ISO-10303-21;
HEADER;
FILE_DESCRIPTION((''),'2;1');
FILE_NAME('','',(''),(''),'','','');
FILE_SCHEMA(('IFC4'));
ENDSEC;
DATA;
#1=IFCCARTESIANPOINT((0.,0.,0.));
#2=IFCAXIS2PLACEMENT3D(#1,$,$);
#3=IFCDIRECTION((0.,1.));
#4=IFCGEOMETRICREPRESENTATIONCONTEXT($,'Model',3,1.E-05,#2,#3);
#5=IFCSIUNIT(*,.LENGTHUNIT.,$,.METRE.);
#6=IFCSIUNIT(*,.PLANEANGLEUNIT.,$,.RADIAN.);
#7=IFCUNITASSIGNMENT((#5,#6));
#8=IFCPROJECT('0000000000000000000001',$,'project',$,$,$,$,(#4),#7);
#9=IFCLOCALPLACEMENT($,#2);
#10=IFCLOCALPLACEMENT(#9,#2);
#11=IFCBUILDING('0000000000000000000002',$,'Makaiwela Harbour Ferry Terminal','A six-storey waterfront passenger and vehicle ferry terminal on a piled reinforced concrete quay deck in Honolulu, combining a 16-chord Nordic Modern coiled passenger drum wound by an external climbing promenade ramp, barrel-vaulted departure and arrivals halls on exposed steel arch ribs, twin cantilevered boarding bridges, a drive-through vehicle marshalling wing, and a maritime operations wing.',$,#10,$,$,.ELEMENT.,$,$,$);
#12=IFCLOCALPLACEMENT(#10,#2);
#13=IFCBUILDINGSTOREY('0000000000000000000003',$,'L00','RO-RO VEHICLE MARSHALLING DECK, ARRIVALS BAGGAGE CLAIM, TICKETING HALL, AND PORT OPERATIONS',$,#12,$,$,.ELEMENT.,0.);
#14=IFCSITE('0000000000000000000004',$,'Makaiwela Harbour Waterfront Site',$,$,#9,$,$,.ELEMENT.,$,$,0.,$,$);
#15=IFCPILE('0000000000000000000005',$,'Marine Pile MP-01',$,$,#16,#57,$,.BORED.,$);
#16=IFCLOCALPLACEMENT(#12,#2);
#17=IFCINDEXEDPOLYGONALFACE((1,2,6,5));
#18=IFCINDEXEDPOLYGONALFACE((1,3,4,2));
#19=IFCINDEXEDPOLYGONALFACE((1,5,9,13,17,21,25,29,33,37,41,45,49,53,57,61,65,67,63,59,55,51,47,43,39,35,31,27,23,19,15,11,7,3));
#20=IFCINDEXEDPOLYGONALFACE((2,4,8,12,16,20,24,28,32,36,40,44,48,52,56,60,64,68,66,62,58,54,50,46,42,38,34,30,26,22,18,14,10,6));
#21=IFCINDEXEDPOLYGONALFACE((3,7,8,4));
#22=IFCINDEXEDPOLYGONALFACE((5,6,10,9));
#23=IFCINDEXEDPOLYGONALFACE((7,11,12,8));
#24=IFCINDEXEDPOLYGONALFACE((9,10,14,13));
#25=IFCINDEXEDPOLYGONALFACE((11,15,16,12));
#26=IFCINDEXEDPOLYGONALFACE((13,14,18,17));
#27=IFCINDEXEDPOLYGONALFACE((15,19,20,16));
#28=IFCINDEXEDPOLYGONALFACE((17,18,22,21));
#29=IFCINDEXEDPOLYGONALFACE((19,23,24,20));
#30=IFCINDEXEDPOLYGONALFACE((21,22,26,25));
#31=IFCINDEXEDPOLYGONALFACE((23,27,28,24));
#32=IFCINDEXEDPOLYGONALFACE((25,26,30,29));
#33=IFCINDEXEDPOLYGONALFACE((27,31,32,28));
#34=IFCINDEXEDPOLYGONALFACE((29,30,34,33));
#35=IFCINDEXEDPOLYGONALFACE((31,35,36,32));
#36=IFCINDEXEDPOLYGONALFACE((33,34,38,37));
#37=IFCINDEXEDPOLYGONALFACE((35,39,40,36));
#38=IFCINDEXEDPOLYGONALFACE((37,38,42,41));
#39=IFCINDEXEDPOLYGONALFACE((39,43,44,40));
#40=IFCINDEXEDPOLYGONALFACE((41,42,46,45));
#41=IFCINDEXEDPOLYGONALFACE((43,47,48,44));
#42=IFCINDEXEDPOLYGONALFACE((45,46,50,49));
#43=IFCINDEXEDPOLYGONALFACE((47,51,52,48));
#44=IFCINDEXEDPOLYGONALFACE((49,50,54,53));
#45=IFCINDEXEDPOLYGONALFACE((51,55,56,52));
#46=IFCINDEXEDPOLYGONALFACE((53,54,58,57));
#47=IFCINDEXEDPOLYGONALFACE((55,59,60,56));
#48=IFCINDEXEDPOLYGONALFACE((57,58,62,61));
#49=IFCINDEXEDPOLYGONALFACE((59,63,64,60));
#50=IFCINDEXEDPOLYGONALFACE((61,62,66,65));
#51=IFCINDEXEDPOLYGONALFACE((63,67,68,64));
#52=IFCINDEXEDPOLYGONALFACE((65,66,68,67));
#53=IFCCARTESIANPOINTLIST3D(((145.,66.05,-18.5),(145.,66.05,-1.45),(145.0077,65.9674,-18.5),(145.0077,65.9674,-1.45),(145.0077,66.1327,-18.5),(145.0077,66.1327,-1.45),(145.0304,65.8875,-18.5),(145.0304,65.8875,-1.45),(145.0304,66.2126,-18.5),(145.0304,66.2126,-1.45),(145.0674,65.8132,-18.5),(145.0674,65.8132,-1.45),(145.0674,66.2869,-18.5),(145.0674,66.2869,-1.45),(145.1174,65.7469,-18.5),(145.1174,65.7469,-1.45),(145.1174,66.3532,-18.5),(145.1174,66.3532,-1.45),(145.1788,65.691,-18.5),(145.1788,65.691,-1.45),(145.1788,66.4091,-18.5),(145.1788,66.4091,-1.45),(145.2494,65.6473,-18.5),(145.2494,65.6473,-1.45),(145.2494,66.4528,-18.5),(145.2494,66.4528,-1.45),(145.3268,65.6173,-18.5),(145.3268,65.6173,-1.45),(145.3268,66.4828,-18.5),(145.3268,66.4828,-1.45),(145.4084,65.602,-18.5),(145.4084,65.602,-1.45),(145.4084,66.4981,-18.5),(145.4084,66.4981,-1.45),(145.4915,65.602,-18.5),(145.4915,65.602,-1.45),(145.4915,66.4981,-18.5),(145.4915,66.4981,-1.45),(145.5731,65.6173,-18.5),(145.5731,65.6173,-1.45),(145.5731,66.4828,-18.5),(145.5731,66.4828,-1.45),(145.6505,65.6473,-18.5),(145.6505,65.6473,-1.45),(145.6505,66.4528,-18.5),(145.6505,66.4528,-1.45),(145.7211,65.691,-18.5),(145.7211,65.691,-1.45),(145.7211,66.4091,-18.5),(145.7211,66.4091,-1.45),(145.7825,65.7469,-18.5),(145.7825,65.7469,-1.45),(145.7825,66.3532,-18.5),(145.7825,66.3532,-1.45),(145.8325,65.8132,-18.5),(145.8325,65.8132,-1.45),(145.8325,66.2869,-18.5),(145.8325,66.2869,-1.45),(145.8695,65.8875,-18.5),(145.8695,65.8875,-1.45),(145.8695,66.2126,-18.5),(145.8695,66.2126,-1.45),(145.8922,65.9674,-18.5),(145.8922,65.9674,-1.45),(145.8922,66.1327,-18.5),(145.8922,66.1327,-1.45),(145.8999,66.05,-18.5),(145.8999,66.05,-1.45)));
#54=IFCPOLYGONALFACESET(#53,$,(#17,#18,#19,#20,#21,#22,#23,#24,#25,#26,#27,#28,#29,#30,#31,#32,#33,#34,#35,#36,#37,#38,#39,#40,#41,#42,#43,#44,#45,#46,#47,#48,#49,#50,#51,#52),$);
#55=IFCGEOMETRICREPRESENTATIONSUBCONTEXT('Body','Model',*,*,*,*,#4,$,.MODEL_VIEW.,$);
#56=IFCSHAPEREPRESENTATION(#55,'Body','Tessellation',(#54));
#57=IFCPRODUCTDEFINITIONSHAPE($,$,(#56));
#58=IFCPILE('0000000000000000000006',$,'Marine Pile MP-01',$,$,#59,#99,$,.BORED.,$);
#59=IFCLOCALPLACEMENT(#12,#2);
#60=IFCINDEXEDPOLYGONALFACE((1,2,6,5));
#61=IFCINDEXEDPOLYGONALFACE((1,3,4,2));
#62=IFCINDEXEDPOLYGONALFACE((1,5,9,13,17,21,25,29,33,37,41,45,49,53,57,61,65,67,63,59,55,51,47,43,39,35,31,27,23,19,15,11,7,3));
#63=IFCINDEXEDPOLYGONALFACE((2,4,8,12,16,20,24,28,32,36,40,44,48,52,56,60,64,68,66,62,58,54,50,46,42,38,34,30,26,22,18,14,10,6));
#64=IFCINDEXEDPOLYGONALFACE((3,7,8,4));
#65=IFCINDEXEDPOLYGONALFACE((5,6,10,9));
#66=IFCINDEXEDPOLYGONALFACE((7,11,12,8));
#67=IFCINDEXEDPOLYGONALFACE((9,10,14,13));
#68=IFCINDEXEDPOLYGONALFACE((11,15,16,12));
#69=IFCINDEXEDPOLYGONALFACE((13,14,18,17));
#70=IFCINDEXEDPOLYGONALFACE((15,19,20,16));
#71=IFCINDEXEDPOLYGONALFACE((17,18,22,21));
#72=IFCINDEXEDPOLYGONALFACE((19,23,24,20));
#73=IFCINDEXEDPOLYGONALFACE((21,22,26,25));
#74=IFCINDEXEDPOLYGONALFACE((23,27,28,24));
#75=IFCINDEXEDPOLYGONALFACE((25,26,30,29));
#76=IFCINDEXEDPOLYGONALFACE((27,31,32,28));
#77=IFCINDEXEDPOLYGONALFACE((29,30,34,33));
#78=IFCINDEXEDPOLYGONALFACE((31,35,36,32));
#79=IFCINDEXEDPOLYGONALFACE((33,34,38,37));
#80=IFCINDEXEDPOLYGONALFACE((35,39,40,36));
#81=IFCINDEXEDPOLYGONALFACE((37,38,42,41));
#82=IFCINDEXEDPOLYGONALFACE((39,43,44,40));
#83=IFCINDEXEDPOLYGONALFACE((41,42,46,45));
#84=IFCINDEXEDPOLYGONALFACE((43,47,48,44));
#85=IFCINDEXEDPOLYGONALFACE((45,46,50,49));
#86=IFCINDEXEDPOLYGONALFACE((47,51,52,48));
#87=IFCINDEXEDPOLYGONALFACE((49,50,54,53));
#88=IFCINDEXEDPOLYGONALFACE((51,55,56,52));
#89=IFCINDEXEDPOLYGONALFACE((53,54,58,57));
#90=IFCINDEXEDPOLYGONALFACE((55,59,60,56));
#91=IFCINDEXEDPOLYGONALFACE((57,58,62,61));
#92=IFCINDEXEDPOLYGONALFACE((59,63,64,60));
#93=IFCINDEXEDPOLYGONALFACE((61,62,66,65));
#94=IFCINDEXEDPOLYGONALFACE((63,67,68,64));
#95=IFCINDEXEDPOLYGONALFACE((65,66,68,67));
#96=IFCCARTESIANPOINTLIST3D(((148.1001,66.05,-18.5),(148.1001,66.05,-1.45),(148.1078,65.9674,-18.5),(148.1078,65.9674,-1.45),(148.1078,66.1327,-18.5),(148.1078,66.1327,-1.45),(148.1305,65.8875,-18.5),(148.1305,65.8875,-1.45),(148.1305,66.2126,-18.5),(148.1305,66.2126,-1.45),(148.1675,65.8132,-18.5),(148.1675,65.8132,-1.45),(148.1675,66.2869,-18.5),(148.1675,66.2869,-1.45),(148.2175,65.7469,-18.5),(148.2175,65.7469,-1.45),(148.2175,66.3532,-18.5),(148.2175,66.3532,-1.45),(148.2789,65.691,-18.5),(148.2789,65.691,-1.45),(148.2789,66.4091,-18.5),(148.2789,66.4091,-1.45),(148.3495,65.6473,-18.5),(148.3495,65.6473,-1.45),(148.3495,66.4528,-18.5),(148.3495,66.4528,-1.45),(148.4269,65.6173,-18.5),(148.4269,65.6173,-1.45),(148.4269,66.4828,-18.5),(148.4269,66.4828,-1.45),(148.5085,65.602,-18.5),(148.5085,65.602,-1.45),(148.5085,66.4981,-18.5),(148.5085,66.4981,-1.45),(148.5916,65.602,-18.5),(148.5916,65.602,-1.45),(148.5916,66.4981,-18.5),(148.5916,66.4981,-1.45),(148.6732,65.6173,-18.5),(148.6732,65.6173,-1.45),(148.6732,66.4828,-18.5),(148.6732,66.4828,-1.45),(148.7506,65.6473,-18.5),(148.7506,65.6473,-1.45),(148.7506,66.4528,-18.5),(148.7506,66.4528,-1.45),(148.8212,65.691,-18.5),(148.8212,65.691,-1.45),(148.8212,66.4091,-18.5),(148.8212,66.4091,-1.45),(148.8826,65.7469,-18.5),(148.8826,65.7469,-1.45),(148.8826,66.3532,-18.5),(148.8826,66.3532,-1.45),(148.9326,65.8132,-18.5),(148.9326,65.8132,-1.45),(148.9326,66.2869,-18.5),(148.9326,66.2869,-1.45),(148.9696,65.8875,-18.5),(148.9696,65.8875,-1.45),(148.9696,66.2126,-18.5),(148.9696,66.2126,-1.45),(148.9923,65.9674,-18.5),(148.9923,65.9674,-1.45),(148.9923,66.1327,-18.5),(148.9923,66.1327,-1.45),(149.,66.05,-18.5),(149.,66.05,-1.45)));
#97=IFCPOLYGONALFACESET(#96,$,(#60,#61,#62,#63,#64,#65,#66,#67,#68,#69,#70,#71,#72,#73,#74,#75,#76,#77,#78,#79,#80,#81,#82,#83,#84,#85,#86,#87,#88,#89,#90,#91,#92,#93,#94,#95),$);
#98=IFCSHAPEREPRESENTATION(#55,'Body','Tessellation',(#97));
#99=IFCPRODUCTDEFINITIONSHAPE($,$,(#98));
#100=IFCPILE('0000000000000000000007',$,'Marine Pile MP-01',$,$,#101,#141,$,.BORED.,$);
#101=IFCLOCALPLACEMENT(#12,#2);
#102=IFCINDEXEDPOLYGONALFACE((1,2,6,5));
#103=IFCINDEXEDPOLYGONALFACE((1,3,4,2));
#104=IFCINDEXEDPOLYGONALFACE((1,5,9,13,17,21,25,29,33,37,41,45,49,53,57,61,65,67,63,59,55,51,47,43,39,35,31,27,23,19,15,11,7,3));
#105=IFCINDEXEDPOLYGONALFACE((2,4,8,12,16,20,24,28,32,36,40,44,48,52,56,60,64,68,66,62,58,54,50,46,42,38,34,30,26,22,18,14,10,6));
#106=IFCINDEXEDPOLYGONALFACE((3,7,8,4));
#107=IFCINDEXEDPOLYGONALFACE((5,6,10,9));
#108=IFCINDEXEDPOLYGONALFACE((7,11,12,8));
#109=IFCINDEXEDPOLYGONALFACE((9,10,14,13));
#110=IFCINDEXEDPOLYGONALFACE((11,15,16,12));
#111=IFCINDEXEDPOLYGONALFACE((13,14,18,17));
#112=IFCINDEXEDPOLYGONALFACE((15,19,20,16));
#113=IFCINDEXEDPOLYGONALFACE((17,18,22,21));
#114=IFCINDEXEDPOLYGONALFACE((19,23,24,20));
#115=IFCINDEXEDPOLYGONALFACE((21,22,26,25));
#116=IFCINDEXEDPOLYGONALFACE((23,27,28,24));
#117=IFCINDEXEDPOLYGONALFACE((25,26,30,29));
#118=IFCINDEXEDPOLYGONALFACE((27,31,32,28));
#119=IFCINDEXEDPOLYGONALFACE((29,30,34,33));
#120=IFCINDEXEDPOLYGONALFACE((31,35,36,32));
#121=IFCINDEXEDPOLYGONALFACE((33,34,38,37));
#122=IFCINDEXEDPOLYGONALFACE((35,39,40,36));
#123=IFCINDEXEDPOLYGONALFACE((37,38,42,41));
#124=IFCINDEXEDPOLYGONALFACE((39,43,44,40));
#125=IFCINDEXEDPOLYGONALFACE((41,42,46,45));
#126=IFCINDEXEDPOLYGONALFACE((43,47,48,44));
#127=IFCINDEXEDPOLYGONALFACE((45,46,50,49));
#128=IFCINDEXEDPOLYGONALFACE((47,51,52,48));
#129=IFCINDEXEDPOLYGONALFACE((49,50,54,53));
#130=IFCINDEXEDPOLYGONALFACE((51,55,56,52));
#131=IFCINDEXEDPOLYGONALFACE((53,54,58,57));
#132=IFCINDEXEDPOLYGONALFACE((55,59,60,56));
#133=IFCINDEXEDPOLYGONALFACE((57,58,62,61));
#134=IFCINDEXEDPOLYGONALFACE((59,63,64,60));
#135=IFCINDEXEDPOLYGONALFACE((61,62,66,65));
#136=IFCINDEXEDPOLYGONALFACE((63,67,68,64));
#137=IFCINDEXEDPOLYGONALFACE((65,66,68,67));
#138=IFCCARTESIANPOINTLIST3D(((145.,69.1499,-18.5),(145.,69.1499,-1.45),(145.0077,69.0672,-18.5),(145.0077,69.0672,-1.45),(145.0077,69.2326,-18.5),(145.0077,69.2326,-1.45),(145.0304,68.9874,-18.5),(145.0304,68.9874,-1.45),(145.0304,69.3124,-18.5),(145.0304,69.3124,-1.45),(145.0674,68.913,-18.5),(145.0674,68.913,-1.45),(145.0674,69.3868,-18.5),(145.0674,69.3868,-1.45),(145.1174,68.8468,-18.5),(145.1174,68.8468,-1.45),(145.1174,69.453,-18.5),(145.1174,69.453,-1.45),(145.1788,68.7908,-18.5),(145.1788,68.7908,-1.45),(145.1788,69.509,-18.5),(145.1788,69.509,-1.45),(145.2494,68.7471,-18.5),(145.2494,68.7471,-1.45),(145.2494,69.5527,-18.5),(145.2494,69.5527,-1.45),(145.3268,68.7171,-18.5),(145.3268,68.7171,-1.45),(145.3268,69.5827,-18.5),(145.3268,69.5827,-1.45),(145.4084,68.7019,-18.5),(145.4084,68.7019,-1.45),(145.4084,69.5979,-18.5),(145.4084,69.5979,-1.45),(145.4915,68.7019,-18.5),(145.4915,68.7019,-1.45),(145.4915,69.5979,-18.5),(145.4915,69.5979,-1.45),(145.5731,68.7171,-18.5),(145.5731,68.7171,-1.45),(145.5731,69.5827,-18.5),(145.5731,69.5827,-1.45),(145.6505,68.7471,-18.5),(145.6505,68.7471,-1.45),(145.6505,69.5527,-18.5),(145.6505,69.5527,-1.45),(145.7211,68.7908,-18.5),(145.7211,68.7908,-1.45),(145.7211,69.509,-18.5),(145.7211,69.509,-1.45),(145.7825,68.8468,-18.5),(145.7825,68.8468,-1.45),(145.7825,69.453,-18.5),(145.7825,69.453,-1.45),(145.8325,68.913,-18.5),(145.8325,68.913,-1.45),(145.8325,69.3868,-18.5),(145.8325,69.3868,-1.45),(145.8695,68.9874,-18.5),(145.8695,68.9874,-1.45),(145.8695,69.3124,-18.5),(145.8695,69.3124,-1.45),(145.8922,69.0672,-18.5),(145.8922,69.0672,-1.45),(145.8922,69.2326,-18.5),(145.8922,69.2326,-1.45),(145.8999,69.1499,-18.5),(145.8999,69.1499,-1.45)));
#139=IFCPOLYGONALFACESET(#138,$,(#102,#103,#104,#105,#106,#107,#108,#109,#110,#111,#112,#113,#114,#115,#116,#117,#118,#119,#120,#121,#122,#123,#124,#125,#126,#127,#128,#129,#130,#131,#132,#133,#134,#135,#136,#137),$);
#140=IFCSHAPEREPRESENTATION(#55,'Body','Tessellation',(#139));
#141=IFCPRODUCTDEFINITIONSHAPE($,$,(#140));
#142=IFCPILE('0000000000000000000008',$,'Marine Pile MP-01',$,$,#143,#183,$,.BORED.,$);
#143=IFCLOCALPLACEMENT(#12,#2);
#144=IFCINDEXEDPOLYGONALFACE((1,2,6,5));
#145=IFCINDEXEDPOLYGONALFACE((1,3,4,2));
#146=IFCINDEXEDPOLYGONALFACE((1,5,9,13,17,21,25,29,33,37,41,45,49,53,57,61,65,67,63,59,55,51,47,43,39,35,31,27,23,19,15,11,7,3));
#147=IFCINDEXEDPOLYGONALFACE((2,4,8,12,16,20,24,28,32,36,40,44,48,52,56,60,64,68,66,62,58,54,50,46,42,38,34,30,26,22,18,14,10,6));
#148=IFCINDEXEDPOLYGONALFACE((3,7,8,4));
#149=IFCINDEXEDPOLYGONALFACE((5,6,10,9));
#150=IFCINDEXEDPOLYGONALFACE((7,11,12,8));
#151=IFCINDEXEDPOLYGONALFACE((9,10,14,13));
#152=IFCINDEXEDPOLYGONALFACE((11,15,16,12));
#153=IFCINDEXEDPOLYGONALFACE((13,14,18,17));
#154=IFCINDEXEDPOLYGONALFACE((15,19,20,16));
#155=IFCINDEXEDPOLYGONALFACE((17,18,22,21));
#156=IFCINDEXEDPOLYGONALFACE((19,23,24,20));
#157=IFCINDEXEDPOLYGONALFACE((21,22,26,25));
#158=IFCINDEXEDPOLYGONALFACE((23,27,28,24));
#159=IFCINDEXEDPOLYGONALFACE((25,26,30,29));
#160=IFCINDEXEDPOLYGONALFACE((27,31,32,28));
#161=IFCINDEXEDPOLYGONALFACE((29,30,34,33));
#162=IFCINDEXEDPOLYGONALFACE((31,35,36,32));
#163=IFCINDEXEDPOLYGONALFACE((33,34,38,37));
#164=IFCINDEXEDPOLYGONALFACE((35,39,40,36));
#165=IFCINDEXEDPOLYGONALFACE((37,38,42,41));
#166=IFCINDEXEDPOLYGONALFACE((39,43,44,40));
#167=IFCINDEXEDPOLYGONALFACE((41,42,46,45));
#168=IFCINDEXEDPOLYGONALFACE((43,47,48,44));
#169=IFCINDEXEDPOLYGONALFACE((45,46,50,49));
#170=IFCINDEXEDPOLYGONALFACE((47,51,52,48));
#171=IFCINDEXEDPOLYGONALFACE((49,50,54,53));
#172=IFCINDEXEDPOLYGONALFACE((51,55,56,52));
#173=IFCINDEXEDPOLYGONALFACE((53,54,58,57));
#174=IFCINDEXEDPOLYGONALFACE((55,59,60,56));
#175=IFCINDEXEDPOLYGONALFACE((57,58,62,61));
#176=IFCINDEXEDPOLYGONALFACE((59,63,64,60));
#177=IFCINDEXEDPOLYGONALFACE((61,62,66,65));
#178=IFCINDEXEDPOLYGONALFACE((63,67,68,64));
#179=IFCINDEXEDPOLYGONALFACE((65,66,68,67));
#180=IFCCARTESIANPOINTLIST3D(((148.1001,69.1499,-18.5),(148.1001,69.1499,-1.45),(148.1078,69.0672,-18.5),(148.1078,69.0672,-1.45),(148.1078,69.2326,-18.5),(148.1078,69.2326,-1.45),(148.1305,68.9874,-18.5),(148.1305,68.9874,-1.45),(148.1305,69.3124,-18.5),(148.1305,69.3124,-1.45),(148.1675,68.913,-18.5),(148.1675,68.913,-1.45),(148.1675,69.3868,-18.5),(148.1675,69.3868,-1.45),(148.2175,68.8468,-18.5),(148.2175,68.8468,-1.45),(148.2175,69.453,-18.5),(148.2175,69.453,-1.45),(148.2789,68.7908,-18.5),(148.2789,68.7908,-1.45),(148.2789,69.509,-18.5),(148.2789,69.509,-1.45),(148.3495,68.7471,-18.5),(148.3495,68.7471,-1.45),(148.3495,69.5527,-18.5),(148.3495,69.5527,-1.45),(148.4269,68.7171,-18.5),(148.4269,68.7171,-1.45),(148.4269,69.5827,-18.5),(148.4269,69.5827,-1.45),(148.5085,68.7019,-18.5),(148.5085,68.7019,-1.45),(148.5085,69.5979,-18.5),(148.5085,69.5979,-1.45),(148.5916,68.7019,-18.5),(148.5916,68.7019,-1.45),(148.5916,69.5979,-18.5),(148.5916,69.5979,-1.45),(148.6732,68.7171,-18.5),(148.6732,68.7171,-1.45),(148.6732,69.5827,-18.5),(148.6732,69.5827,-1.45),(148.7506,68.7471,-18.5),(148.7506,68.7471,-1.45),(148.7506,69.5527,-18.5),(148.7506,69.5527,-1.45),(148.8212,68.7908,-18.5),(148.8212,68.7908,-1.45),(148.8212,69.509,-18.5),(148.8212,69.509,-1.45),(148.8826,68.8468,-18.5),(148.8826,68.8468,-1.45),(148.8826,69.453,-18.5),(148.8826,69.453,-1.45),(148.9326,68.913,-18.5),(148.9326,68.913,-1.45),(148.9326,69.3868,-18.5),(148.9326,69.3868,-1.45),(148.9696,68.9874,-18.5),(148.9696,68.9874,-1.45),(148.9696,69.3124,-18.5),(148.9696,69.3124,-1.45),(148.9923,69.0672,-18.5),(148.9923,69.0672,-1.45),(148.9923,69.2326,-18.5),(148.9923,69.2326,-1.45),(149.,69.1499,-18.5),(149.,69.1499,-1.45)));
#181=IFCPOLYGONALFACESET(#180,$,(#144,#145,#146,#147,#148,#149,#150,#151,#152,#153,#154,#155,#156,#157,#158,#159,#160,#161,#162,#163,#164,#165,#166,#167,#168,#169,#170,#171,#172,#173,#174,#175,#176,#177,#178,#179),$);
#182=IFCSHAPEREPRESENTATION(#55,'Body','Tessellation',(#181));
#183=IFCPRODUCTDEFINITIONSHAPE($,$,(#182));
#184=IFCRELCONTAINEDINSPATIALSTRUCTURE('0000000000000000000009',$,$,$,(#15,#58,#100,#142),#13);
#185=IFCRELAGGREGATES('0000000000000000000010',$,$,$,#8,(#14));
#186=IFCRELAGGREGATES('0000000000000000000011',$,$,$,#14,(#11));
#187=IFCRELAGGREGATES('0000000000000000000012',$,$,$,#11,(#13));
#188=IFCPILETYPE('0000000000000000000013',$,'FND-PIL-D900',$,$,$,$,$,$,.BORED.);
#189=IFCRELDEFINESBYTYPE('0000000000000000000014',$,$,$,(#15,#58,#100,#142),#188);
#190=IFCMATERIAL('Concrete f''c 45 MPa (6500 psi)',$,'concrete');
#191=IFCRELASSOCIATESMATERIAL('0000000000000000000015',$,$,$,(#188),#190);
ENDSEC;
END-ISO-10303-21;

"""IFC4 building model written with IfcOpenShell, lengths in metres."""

from ifc_helpers import new_model, si_unit, direction, frame, origin, origin_2d, place, context, subcontext, project, spatial, circle, extrude, material, material_profile, profile_set, type_object, element, save


model = new_model("IFC4")

# Units and contexts
model_context = context("Model", 3, precision=1e-05, world=origin(), true_north=direction((0.0, 1.0)))
body_context = subcontext(model_context, "Body", "Model", "MODEL_VIEW")
ifc_project = project(units=[si_unit("LENGTHUNIT", "METRE"), si_unit("PLANEANGLEUNIT", "RADIAN")], contexts=[model_context])

# Site, building, storey
site_placement = place(None, origin())
site = spatial("IfcSite", under=ifc_project, at=site_placement, Name="Makaiwela Harbour Waterfront Site", CompositionType="ELEMENT", RefElevation=0.0)
building_placement = place(site_placement, origin())
building = spatial("IfcBuilding", under=site, at=building_placement, Name="Makaiwela Harbour Ferry Terminal", Description="A six-storey waterfront passenger and vehicle ferry terminal on a piled reinforced concrete quay deck in Honolulu, combining a 16-chord Nordic Modern coiled passenger drum wound by an external climbing promenade ramp, barrel-vaulted departure and arrivals halls on exposed steel arch ribs, twin cantilevered boarding bridges, a drive-through vehicle marshalling wing, and a maritime operations wing.", CompositionType="ELEMENT")
storey_placement = place(building_placement, origin())
storey = spatial("IfcBuildingStorey", under=building, at=storey_placement, Name="L00", Description="RO-RO VEHICLE MARSHALLING DECK, ARRIVALS BAGGAGE CLAIM, TICKETING HALL, AND PORT OPERATIONS", CompositionType="ELEMENT", Elevation=0.0)

# Shared definitions
ifc_material_1 = material(Name="Concrete f'c 45 MPa (6500 psi)", Category="concrete")

# Piles
ifc_material_profile_1 = material_profile(ifc_material_1, circle(Radius=0.45, at=origin_2d()), Name="PILE-D900")
ifc_profile_set_1 = profile_set([ifc_material_profile_1], Name="Concrete f'c 45 MPa (6500 psi)")
pile_type = type_object("IfcPileType", Name="FND-PIL-D900", PredefinedType="BORED", material=ifc_profile_set_1)
for number, where, z_axis, x_axis, name in (
    (1, (145.45, 66.05, -1.45), (0.0, 0.0, -1.0), (1.0, 0.0, 0.0), "Marine Pile MP-01"),
    (2, (148.55, 66.05, -1.45), (0.0, 0.0, -1.0), (1.0, 0.0, 0.0), "Marine Pile MP-01"),
    (3, (145.45, 69.1499, -1.45), (0.0, 0.0, -1.0), (1.0, 0.0, 0.0), "Marine Pile MP-01"),
    (4, (148.55, 69.1499, -1.45), (0.0, 0.0, -1.0), (1.0, 0.0, 0.0), "Marine Pile MP-01"),
):
    element("IfcPile", number, at=place(storey_placement, frame(where, z_axis=z_axis, x_axis=x_axis)), inside=storey, type_object=pile_type, Name=name, PredefinedType="BORED", context=body_context, shape_type="SweptSolid", body=[
        extrude(circle(Radius=0.45, at=origin_2d()), origin(), (0.0, 0.0, 1.0), 17.05),
    ])

save(model, "model.ifc")
